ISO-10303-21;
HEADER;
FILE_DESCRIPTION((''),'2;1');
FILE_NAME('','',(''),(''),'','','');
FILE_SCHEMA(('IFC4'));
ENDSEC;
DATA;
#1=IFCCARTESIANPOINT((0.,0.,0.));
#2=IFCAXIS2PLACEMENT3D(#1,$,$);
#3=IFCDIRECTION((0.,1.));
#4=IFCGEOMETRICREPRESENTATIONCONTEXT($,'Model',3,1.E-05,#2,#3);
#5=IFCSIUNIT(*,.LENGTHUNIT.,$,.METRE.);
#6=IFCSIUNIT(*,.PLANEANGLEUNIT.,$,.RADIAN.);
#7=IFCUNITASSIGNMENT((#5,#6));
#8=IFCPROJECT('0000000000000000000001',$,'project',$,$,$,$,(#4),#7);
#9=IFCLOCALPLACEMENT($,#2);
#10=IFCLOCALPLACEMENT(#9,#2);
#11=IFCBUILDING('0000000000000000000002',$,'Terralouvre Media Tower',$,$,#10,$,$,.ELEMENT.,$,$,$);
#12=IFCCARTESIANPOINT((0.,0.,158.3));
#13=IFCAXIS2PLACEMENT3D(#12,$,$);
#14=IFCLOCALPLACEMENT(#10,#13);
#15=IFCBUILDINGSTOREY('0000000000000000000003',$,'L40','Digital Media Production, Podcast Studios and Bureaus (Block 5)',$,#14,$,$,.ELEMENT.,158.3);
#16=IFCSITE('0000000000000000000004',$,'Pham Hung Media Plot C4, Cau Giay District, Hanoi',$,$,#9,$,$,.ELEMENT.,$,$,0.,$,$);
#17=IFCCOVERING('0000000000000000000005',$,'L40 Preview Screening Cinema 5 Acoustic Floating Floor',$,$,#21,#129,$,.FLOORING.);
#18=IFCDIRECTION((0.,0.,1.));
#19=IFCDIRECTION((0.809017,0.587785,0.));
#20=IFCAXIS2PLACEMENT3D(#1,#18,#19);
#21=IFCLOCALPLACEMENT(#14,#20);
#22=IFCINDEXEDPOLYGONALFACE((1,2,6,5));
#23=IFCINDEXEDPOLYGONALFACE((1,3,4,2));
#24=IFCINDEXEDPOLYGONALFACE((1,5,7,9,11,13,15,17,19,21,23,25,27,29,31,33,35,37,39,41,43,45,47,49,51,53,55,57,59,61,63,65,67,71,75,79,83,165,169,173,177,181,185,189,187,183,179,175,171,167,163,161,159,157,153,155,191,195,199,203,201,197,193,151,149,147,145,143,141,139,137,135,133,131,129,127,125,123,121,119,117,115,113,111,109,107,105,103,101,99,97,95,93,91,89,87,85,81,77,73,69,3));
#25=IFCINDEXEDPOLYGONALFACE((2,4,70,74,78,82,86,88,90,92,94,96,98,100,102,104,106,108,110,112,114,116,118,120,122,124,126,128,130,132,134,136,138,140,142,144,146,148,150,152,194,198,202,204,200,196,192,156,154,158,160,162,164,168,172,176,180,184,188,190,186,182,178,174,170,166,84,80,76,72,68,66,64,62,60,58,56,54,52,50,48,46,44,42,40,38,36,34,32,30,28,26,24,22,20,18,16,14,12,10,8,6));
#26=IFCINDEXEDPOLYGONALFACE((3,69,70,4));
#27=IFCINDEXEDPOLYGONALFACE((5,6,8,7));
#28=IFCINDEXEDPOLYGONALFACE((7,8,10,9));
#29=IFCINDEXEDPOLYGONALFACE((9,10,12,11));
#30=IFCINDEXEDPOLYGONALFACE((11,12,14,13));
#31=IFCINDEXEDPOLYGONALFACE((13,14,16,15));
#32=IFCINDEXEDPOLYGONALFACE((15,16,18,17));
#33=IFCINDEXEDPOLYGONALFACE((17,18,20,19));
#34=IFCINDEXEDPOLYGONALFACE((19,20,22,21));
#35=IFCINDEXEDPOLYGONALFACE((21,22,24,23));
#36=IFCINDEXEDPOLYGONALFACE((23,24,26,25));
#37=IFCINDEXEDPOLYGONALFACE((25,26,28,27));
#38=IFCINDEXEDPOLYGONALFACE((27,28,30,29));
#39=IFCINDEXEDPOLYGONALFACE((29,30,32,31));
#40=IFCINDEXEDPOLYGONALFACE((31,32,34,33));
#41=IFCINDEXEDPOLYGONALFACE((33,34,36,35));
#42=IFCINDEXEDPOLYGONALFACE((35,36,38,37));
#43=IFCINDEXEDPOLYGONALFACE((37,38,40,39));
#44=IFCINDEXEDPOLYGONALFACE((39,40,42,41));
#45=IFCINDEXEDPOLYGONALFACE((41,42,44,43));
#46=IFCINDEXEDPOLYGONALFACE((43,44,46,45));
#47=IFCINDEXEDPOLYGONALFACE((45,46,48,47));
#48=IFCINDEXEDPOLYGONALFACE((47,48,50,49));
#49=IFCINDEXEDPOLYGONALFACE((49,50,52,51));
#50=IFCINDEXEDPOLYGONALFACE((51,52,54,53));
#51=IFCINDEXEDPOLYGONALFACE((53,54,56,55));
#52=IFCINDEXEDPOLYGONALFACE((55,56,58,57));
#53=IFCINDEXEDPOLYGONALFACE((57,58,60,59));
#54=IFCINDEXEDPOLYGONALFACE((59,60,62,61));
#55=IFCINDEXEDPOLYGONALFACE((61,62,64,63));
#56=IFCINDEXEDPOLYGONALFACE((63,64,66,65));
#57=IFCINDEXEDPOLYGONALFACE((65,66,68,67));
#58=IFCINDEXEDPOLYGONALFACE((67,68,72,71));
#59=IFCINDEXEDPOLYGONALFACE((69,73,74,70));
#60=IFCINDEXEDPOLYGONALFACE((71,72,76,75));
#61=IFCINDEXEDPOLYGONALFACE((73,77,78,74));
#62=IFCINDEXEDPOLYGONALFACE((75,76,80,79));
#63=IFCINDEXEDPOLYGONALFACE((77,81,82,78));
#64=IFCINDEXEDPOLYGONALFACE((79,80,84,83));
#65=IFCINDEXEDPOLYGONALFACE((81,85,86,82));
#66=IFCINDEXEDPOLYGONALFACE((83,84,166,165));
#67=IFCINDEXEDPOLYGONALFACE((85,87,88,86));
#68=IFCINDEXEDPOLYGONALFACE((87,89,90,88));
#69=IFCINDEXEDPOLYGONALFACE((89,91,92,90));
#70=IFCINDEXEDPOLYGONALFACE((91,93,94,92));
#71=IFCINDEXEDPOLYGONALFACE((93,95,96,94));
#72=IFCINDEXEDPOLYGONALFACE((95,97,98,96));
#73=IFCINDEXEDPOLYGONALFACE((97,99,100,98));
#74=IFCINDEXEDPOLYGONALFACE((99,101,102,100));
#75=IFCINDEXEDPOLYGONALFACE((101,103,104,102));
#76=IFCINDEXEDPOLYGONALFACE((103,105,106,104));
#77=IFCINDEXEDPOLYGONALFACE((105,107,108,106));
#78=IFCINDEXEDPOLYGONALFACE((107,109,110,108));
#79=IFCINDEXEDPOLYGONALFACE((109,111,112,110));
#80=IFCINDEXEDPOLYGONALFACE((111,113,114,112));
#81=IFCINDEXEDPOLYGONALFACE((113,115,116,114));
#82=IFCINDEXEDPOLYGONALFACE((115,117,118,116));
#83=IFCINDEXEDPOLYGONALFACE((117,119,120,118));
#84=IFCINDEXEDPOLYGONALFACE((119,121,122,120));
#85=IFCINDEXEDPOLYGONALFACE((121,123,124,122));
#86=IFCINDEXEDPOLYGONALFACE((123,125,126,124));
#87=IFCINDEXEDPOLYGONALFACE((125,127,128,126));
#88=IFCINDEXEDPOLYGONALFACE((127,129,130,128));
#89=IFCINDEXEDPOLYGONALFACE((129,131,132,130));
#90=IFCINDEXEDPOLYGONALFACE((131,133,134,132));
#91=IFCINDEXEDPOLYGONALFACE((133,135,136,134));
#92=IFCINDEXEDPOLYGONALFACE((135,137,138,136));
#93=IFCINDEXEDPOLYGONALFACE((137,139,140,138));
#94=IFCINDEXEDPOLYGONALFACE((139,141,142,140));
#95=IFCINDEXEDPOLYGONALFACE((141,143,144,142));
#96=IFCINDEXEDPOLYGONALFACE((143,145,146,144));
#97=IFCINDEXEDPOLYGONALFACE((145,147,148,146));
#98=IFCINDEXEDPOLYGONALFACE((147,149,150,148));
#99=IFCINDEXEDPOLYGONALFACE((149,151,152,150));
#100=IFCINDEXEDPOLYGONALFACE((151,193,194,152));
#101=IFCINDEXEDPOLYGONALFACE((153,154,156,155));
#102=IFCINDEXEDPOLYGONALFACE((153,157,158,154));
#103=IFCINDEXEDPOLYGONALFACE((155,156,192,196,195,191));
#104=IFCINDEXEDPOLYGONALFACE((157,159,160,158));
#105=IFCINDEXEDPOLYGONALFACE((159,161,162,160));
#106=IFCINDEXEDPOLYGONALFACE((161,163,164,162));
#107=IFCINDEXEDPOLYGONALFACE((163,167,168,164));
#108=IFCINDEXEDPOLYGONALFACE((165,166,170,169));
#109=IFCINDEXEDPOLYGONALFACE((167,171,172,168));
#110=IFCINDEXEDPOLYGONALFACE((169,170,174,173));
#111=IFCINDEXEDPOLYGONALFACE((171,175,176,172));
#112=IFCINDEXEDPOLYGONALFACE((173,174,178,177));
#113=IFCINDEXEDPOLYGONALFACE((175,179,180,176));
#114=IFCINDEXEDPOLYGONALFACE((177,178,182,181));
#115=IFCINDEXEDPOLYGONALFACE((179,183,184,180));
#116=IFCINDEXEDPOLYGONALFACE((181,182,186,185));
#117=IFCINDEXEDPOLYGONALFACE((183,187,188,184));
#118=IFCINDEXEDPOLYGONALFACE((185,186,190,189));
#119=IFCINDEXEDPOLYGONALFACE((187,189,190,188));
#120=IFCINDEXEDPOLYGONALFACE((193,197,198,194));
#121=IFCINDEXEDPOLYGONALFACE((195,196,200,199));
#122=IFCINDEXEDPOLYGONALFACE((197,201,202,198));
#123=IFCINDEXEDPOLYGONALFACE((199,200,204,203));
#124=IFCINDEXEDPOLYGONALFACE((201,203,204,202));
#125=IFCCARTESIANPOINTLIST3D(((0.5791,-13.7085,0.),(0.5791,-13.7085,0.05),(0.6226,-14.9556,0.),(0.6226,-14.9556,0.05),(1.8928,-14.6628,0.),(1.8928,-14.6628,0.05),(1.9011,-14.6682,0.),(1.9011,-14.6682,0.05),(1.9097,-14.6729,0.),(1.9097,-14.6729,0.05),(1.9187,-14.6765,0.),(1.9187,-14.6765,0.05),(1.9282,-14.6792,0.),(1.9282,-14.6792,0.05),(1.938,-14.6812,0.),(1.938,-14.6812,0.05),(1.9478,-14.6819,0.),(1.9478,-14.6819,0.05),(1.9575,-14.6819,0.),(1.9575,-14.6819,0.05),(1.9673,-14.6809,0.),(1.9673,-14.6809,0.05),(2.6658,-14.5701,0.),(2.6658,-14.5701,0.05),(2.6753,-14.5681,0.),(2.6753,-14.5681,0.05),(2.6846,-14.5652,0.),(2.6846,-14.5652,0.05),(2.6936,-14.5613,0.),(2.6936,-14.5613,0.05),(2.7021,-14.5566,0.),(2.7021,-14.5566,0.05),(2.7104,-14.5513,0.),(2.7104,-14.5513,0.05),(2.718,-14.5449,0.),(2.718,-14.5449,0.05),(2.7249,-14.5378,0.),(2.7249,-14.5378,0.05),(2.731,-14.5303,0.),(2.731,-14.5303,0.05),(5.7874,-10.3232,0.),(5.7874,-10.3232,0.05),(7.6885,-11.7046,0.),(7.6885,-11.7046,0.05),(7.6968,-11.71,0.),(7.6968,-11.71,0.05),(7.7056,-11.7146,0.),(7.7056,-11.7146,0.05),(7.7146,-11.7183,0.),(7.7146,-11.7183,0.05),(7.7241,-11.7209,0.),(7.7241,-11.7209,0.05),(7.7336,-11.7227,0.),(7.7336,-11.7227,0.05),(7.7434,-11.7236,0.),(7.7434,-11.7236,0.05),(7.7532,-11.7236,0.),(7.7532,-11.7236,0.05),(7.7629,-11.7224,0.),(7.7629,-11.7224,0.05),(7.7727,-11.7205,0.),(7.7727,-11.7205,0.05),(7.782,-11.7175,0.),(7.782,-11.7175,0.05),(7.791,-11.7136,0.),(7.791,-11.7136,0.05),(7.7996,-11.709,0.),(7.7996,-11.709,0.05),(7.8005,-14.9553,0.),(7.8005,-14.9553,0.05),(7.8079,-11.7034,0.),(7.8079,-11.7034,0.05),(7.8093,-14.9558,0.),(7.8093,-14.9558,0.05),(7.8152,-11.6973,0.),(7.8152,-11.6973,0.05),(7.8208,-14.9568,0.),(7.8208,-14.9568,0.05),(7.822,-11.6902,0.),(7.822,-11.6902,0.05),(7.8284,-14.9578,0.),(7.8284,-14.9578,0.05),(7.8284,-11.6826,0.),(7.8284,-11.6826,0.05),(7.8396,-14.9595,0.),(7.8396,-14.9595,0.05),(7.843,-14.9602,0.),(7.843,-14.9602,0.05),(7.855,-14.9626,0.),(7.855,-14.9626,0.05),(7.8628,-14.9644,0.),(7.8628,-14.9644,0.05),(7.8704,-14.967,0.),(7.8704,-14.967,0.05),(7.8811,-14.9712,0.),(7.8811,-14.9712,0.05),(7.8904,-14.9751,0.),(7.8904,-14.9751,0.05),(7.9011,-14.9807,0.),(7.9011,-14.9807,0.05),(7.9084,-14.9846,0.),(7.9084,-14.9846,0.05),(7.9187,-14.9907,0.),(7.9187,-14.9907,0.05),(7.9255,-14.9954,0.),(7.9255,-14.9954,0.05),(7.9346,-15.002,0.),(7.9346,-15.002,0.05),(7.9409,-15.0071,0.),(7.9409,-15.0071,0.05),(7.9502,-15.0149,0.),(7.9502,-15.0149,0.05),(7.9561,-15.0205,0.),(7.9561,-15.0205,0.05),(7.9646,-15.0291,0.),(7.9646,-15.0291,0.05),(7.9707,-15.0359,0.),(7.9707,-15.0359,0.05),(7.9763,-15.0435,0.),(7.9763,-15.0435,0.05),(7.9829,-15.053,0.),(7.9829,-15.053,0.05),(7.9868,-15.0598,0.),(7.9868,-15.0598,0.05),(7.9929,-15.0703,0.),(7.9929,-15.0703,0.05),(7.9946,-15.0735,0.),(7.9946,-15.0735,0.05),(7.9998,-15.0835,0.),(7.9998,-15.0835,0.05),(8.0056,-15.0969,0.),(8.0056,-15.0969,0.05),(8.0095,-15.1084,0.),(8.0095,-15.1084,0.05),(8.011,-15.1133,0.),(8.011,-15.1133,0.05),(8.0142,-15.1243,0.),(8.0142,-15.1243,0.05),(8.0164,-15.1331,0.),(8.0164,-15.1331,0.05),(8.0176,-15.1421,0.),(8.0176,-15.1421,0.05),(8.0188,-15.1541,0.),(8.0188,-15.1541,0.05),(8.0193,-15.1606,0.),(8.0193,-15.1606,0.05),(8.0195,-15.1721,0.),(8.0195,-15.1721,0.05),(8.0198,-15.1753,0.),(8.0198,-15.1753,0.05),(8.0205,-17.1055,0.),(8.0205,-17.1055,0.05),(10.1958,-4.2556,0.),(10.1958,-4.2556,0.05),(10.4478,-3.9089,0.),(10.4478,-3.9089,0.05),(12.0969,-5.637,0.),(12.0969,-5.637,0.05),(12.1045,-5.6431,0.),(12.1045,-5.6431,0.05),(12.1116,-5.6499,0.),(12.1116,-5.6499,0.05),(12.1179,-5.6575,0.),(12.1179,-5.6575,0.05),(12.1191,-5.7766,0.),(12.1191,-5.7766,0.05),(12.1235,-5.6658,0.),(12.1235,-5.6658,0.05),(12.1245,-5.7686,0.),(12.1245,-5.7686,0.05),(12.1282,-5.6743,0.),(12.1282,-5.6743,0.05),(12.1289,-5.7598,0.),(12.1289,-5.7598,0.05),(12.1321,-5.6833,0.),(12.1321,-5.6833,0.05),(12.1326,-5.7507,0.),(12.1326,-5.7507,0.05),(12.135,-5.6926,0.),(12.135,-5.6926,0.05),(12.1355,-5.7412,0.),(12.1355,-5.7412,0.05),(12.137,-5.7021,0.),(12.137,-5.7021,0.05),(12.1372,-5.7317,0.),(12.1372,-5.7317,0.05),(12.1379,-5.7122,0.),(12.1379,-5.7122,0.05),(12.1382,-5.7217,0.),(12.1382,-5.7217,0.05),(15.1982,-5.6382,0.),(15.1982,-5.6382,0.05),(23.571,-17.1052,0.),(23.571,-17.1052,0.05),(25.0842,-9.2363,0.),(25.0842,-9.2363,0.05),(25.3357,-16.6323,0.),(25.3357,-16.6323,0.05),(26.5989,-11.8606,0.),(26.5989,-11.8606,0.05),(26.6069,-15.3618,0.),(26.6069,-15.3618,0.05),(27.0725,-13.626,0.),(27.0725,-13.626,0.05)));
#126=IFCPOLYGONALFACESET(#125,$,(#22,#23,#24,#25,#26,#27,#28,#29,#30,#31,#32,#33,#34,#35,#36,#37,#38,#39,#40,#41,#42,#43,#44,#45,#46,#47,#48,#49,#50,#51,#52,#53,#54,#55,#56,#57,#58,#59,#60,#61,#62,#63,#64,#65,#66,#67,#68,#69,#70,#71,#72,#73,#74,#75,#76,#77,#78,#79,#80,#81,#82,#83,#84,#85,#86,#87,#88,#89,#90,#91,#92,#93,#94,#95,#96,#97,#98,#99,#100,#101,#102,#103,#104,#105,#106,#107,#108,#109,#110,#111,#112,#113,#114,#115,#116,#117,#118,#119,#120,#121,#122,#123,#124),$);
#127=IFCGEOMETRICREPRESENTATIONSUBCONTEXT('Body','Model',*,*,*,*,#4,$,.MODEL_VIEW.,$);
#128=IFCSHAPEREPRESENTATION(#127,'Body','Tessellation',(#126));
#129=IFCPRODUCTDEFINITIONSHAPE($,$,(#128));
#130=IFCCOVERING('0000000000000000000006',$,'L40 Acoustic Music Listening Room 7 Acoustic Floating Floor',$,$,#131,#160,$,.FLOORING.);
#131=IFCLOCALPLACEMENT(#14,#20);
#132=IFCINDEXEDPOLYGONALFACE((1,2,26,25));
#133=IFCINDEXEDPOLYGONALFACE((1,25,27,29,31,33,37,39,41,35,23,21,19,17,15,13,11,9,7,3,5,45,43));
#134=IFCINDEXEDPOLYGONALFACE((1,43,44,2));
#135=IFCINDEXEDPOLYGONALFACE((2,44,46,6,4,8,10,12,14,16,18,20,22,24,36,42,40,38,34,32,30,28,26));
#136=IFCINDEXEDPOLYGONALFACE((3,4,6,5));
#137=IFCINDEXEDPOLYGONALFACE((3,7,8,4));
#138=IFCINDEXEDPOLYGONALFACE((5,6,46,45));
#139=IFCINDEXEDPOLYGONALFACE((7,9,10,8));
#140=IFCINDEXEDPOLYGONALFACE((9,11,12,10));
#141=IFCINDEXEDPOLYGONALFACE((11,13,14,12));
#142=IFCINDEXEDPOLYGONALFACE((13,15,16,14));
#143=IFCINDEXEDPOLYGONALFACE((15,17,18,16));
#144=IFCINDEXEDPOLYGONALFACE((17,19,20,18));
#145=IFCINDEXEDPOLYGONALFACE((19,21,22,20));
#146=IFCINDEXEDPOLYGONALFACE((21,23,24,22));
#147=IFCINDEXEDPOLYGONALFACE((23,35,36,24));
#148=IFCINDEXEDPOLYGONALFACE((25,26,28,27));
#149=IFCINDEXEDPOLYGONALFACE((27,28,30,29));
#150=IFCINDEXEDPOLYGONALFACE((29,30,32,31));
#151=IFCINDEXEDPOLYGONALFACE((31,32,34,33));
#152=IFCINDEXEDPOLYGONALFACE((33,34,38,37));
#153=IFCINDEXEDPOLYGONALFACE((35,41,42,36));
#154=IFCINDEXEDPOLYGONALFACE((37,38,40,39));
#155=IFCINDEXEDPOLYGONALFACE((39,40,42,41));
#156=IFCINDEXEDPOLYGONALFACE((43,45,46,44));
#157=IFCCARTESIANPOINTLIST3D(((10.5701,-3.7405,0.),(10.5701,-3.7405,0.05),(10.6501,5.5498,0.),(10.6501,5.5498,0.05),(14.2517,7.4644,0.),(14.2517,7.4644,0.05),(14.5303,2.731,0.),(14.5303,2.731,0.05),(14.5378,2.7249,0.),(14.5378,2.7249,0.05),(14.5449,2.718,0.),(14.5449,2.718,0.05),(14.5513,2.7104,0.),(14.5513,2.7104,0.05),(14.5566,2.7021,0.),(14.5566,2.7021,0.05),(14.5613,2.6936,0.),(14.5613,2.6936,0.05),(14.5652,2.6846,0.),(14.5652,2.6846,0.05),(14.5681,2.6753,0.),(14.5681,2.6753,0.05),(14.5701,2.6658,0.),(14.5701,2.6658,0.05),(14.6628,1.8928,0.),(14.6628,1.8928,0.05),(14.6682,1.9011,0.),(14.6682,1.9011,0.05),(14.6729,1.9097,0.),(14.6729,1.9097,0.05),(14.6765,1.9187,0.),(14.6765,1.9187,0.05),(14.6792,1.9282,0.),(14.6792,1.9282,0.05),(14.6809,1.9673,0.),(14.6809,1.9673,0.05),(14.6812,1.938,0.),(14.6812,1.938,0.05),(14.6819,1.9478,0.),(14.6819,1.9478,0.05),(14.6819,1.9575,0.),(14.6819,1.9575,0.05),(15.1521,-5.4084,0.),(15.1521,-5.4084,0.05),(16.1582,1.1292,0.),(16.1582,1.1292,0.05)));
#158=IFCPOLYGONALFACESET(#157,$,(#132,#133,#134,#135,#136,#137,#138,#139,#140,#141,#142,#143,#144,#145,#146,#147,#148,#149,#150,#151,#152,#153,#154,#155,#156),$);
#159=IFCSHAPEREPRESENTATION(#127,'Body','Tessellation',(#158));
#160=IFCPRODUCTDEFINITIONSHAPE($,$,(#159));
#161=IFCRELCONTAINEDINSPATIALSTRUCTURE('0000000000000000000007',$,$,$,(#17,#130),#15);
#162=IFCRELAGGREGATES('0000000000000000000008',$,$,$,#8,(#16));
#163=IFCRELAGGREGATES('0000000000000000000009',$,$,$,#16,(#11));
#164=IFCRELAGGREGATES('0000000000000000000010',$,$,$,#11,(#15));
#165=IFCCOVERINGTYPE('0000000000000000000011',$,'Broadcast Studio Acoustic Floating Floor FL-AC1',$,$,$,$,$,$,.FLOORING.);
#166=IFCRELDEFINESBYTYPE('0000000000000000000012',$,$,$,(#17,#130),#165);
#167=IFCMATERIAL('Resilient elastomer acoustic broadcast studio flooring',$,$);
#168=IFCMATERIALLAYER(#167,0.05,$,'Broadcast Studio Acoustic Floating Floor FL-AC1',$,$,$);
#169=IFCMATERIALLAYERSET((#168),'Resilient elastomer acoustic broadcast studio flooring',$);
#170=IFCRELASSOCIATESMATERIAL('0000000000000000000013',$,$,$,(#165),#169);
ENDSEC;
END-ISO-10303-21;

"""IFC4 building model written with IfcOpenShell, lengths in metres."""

from ifc_helpers import new_model, si_unit, direction, frame, origin, place, context, subcontext, project, spatial, polyline, outline, extrude, material, layer, layer_set, type_object, element, save


model = new_model("IFC4")

# Units and contexts
model_context = context("Model", 3, precision=1e-05, world=origin(), true_north=direction((0.0, 1.0)))
body_context = subcontext(model_context, "Body", "Model", "MODEL_VIEW")
ifc_project = project(units=[si_unit("LENGTHUNIT", "METRE"), si_unit("PLANEANGLEUNIT", "RADIAN")], contexts=[model_context])

# Site, building, storey
site_placement = place(None, origin())
site = spatial("IfcSite", under=ifc_project, at=site_placement, Name="Pham Hung Media Plot C4, Cau Giay District, Hanoi", CompositionType="ELEMENT", RefElevation=0.0)
building_placement = place(site_placement, origin())
building = spatial("IfcBuilding", under=site, at=building_placement, Name="Terralouvre Media Tower", CompositionType="ELEMENT")
storey_placement = place(building_placement, frame((0.0, 0.0, 158.3)))
storey = spatial("IfcBuildingStorey", under=building, at=storey_placement, Name="L40", Description="Digital Media Production, Podcast Studios and Bureaus (Block 5)", CompositionType="ELEMENT", Elevation=158.3)

# Coverings
ifc_material_1 = material(Name="Resilient elastomer acoustic broadcast studio flooring")
ifc_layer_1 = layer(ifc_material_1, 0.05, Name="Broadcast Studio Acoustic Floating Floor FL-AC1")
ifc_layer_set_1 = layer_set([ifc_layer_1], Name="Resilient elastomer acoustic broadcast studio flooring")
covering_type_1 = type_object("IfcCoveringType", Name="Broadcast Studio Acoustic Floating Floor FL-AC1", PredefinedType="FLOORING", material=ifc_layer_set_1)
covering_1_placement = place(storey_placement, frame((0.0, 0.0, 0.0), z_axis=(0.0, 0.0, 1.0), x_axis=(0.809017, 0.587785, 0.0)))
element("IfcCovering", 1, at=covering_1_placement, inside=storey, type_object=covering_type_1, Name="L40 Preview Screening Cinema 5 Acoustic Floating Floor", PredefinedType="FLOORING", context=body_context, shape_type="SweptSolid", body=[
    extrude(outline(polyline([(10.4478, -3.9089), (10.1958, -4.2556), (12.0969, -5.637), (12.1045, -5.6431), (12.1116, -5.6499), (12.1179, -5.6575), (12.1235, -5.6658), (12.1282, -5.6743), (12.1321, -5.6833), (12.135, -5.6926), (12.137, -5.7021), (12.1379, -5.7122), (12.1382, -5.7217), (12.1372, -5.7317), (12.1355, -5.7412), (12.1326, -5.7507), (12.1289, -5.7598), (12.1245, -5.7686), (12.1191, -5.7766), (7.8284, -11.6826), (7.822, -11.6902), (7.8152, -11.6973), (7.8079, -11.7034), (7.7996, -11.709), (7.791, -11.7136), (7.782, -11.7175), (7.7727, -11.7205), (7.7629, -11.7224), (7.7532, -11.7236), (7.7434, -11.7236), (7.7336, -11.7227), (7.7241, -11.7209), (7.7146, -11.7183), (7.7056, -11.7146), (7.6968, -11.71), (7.6885, -11.7046), (5.7874, -10.3232), (2.731, -14.5303), (2.7249, -14.5378), (2.718, -14.5449), (2.7104, -14.5513), (2.7021, -14.5566), (2.6936, -14.5613), (2.6846, -14.5652), (2.6753, -14.5681), (2.6658, -14.5701), (1.9673, -14.6809), (1.9575, -14.6819), (1.9478, -14.6819), (1.938, -14.6812), (1.9282, -14.6792), (1.9187, -14.6765), (1.9097, -14.6729), (1.9011, -14.6682), (1.8928, -14.6628), (0.5791, -13.7085), (0.6226, -14.9556), (7.8005, -14.9553), (7.8093, -14.9558), (7.8208, -14.9568), (7.8284, -14.9578), (7.8396, -14.9595), (7.843, -14.9602), (7.855, -14.9626), (7.8628, -14.9644), (7.8704, -14.967), (7.8811, -14.9712), (7.8904, -14.9751), (7.9011, -14.9807), (7.9084, -14.9846), (7.9187, -14.9907), (7.9255, -14.9954), (7.9346, -15.002), (7.9409, -15.0071), (7.9502, -15.0149), (7.9561, -15.0205), (7.9646, -15.0291), (7.9707, -15.0359), (7.9763, -15.0435), (7.9829, -15.053), (7.9868, -15.0598), (7.9929, -15.0703), (7.9946, -15.0735), (7.9998, -15.0835), (8.0056, -15.0969), (8.0095, -15.1084), (8.011, -15.1133), (8.0142, -15.1243), (8.0164, -15.1331), (8.0176, -15.1421), (8.0188, -15.1541), (8.0193, -15.1606), (8.0195, -15.1721), (8.0198, -15.1753), (8.0205, -17.1055), (23.571, -17.1052), (25.3357, -16.6323), (26.6069, -15.3618), (27.0725, -13.626), (26.5989, -11.8606), (25.0842, -9.2363), (15.1982, -5.6382), (10.4478, -3.9089)])), origin(), (0.0, 0.0, 1.0), 0.05),
])
covering_2_placement = place(storey_placement, frame((0.0, 0.0, 0.0), z_axis=(0.0, 0.0, 1.0), x_axis=(0.809017, 0.587785, 0.0)))
element("IfcCovering", 2, at=covering_2_placement, inside=storey, type_object=covering_type_1, Name="L40 Acoustic Music Listening Room 7 Acoustic Floating Floor", PredefinedType="FLOORING", context=body_context, shape_type="SweptSolid", body=[
    extrude(outline(polyline([(16.1582, 1.1292), (14.2517, 7.4644), (10.6501, 5.5498), (14.5303, 2.731), (14.5378, 2.7249), (14.5449, 2.718), (14.5513, 2.7104), (14.5566, 2.7021), (14.5613, 2.6936), (14.5652, 2.6846), (14.5681, 2.6753), (14.5701, 2.6658), (14.6809, 1.9673), (14.6819, 1.9575), (14.6819, 1.9478), (14.6812, 1.938), (14.6792, 1.9282), (14.6765, 1.9187), (14.6729, 1.9097), (14.6682, 1.9011), (14.6628, 1.8928), (10.5701, -3.7405), (15.1521, -5.4084), (16.1582, 1.1292)])), origin(), (0.0, 0.0, 1.0), 0.05),
])

save(model, "model.ifc")
